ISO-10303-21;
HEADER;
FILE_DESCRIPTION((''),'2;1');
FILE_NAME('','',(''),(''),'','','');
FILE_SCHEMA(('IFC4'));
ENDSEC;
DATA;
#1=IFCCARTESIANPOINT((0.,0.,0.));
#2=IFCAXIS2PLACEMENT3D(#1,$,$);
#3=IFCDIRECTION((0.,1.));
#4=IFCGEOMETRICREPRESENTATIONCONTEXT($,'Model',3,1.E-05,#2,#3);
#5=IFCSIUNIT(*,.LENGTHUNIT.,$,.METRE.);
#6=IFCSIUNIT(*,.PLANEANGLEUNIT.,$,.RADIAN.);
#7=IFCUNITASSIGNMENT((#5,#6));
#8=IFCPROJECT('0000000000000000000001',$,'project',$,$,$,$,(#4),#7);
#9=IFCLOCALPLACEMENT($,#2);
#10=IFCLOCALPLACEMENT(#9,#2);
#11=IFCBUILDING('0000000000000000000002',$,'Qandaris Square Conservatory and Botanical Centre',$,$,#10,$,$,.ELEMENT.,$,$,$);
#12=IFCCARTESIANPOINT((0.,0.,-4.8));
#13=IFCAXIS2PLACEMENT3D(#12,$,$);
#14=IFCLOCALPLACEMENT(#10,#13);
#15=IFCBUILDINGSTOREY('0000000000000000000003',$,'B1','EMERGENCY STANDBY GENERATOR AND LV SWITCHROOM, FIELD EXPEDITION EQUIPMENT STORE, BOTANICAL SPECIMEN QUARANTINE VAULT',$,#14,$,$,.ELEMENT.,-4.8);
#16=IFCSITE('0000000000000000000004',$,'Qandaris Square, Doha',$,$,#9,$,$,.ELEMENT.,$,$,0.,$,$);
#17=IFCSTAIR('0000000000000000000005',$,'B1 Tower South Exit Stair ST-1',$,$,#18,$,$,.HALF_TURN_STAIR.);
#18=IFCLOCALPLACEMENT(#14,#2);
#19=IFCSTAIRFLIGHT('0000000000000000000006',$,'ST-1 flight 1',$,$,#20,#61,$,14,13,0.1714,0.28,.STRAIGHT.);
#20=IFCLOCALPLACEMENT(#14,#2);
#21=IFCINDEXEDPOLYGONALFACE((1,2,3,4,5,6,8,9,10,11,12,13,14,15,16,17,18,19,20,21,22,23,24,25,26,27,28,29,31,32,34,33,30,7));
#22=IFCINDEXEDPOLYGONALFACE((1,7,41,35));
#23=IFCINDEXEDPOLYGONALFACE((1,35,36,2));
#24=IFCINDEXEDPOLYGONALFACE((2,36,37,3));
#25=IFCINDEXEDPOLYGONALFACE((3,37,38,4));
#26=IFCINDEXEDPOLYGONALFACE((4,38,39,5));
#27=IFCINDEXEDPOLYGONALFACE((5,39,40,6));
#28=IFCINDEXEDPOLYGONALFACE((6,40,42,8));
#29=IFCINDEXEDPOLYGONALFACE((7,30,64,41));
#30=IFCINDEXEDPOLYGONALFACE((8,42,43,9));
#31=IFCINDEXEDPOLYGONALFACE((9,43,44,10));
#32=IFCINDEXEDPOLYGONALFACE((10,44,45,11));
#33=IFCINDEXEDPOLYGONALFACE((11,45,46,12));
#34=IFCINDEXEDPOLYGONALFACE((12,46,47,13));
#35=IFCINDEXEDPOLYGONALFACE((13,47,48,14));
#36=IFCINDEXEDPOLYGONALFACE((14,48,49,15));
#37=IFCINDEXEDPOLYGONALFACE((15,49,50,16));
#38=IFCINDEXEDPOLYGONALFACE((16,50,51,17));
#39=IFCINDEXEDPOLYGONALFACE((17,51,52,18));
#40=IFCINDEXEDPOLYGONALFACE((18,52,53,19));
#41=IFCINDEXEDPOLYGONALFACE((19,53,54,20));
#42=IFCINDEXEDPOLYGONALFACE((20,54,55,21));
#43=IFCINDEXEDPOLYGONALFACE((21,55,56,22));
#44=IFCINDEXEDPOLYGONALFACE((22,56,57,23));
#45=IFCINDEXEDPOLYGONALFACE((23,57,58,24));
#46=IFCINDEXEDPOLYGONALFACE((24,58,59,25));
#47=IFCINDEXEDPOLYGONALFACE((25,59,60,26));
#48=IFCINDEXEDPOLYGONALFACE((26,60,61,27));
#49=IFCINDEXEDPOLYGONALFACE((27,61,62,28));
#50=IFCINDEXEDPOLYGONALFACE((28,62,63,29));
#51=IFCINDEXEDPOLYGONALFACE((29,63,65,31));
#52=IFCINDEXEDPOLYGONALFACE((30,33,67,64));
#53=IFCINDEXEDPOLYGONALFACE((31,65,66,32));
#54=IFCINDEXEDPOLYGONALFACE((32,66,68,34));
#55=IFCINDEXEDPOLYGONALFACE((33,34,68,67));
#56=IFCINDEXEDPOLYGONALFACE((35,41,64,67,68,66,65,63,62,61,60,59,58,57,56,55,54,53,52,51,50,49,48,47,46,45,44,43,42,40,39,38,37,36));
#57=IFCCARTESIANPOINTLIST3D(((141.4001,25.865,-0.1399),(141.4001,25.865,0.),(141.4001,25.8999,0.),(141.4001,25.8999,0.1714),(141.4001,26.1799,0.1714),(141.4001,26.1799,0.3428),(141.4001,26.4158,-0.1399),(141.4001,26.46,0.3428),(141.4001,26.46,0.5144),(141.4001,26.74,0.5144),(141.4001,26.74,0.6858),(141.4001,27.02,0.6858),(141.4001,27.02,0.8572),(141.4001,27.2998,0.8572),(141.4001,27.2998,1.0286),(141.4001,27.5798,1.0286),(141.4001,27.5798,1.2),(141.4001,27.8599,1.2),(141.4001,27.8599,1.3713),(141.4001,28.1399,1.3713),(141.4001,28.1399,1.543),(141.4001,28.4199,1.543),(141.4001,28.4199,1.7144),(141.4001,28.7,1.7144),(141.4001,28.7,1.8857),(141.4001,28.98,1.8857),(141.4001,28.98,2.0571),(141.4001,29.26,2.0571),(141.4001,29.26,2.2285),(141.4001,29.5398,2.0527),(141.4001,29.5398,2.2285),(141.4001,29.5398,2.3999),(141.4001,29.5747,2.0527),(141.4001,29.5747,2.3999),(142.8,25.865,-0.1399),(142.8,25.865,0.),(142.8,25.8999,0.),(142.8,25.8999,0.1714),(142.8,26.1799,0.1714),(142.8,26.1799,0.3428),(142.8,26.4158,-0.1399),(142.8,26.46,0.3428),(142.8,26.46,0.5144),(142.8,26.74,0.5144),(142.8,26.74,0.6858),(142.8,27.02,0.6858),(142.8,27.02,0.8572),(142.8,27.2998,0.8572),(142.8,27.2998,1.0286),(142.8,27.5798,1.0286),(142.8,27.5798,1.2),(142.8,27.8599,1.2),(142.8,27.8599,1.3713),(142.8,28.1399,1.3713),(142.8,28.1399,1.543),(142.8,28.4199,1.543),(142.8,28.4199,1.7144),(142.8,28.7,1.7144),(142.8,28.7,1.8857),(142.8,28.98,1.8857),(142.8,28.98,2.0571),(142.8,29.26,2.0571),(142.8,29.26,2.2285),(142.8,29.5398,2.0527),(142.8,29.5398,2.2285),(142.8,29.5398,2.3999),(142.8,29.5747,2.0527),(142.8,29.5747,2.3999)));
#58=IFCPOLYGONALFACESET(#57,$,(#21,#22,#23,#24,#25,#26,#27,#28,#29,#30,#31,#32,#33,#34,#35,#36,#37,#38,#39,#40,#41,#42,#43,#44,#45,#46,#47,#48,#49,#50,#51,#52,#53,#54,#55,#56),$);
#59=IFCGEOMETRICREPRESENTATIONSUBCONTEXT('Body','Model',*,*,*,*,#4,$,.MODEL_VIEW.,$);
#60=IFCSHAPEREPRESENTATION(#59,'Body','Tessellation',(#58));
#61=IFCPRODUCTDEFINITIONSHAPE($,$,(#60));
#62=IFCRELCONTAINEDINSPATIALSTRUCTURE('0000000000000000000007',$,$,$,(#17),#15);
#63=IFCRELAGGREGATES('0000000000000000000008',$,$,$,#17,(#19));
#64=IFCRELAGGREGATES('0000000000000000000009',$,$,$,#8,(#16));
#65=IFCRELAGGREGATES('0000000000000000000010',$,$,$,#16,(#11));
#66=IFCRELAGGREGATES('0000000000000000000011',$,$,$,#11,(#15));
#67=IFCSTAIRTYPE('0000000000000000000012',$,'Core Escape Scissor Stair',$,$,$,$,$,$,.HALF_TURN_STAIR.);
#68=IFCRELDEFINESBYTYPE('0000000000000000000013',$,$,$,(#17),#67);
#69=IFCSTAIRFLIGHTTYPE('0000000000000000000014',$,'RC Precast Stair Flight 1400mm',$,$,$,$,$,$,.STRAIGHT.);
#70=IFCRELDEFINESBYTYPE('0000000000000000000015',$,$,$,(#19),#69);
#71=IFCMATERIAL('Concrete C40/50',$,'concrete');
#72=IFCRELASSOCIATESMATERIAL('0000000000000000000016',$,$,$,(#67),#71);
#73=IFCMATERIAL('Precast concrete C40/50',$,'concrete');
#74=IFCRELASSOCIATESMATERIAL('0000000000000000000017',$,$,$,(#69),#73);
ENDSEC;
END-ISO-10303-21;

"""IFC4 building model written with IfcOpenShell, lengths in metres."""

from ifc_helpers import new_model, si_unit, direction, frame, origin, place, context, subcontext, project, spatial, polyline, outline, extrude, material, type_object, element, aggregate, save


model = new_model("IFC4")

# Units and contexts
model_context = context("Model", 3, precision=1e-05, world=origin(), true_north=direction((0.0, 1.0)))
body_context = subcontext(model_context, "Body", "Model", "MODEL_VIEW")
ifc_project = project(units=[si_unit("LENGTHUNIT", "METRE"), si_unit("PLANEANGLEUNIT", "RADIAN")], contexts=[model_context])

# Site, building, storey
site_placement = place(None, origin())
site = spatial("IfcSite", under=ifc_project, at=site_placement, Name="Qandaris Square, Doha", CompositionType="ELEMENT", RefElevation=0.0)
building_placement = place(site_placement, origin())
building = spatial("IfcBuilding", under=site, at=building_placement, Name="Qandaris Square Conservatory and Botanical Centre", CompositionType="ELEMENT")
storey_placement = place(building_placement, frame((0.0, 0.0, -4.8)))
storey = spatial("IfcBuildingStorey", under=building, at=storey_placement, Name="B1", Description="EMERGENCY STANDBY GENERATOR AND LV SWITCHROOM, FIELD EXPEDITION EQUIPMENT STORE, BOTANICAL SPECIMEN QUARANTINE VAULT", CompositionType="ELEMENT", Elevation=-4.8)

# Shared definitions
ifc_material_1 = material(Name="Concrete C40/50", Category="concrete")

# Stair, stair flight
stair_type = type_object("IfcStairType", Name="Core Escape Scissor Stair", PredefinedType="HALF_TURN_STAIR", material=ifc_material_1)
stair_placement = place(storey_placement, origin())
stair = element("IfcStair", 1, at=stair_placement, inside=storey, type_object=stair_type, Name="B1 Tower South Exit Stair ST-1", PredefinedType="HALF_TURN_STAIR")
ifc_material_2 = material(Name="Precast concrete C40/50", Category="concrete")
stair_flight_type = type_object("IfcStairFlightType", Name="RC Precast Stair Flight 1400mm", PredefinedType="STRAIGHT", material=ifc_material_2)
stair_flight_placement = place(storey_placement, frame((142.1001, 25.8999, 0.0), z_axis=(0.0, 0.0, 1.0), x_axis=(0.0, 1.0, 0.0)))
stair_flight = element("IfcStairFlight", 2, at=stair_flight_placement, type_object=stair_flight_type, Name="ST-1 flight 1", NumberOfRisers=14, NumberOfTreads=13, PredefinedType="STRAIGHT", RiserHeight=0.1714, TreadLength=0.28, context=body_context, shape_type="SweptSolid", body=[
    extrude(outline(polyline([(-0.0349, 0.0), (0.0, 0.0), (0.0, 0.1714), (0.28, 0.1714), (0.28, 0.3428), (0.5601, 0.3428), (0.5601, 0.5144), (0.8401, 0.5144), (0.8401, 0.6858), (1.1201, 0.6858), (1.1201, 0.8572), (1.3999, 0.8572), (1.3999, 1.0286), (1.6799, 1.0286), (1.6799, 1.2), (1.96, 1.2), (1.96, 1.3713), (2.24, 1.3713), (2.24, 1.543), (2.52, 1.543), (2.52, 1.7144), (2.8, 1.7144), (2.8, 1.8857), (3.0801, 1.8857), (3.0801, 2.0571), (3.3601, 2.0571), (3.3601, 2.2285), (3.6399, 2.2285), (3.6399, 2.3999), (3.6748, 2.3999), (3.6748, 2.0527), (3.6399, 2.0527), (0.5159, -0.1399), (-0.0349, -0.1399), (-0.0349, 0.0)])), frame((0.0, 0.7, 0.0), z_axis=(0.0, -1.0, 0.0), x_axis=(1.0, 0.0, 0.0)), (0.0, 0.0, 1.0), 1.3999),
])
aggregate(stair, [stair_flight])

save(model, "model.ifc")
